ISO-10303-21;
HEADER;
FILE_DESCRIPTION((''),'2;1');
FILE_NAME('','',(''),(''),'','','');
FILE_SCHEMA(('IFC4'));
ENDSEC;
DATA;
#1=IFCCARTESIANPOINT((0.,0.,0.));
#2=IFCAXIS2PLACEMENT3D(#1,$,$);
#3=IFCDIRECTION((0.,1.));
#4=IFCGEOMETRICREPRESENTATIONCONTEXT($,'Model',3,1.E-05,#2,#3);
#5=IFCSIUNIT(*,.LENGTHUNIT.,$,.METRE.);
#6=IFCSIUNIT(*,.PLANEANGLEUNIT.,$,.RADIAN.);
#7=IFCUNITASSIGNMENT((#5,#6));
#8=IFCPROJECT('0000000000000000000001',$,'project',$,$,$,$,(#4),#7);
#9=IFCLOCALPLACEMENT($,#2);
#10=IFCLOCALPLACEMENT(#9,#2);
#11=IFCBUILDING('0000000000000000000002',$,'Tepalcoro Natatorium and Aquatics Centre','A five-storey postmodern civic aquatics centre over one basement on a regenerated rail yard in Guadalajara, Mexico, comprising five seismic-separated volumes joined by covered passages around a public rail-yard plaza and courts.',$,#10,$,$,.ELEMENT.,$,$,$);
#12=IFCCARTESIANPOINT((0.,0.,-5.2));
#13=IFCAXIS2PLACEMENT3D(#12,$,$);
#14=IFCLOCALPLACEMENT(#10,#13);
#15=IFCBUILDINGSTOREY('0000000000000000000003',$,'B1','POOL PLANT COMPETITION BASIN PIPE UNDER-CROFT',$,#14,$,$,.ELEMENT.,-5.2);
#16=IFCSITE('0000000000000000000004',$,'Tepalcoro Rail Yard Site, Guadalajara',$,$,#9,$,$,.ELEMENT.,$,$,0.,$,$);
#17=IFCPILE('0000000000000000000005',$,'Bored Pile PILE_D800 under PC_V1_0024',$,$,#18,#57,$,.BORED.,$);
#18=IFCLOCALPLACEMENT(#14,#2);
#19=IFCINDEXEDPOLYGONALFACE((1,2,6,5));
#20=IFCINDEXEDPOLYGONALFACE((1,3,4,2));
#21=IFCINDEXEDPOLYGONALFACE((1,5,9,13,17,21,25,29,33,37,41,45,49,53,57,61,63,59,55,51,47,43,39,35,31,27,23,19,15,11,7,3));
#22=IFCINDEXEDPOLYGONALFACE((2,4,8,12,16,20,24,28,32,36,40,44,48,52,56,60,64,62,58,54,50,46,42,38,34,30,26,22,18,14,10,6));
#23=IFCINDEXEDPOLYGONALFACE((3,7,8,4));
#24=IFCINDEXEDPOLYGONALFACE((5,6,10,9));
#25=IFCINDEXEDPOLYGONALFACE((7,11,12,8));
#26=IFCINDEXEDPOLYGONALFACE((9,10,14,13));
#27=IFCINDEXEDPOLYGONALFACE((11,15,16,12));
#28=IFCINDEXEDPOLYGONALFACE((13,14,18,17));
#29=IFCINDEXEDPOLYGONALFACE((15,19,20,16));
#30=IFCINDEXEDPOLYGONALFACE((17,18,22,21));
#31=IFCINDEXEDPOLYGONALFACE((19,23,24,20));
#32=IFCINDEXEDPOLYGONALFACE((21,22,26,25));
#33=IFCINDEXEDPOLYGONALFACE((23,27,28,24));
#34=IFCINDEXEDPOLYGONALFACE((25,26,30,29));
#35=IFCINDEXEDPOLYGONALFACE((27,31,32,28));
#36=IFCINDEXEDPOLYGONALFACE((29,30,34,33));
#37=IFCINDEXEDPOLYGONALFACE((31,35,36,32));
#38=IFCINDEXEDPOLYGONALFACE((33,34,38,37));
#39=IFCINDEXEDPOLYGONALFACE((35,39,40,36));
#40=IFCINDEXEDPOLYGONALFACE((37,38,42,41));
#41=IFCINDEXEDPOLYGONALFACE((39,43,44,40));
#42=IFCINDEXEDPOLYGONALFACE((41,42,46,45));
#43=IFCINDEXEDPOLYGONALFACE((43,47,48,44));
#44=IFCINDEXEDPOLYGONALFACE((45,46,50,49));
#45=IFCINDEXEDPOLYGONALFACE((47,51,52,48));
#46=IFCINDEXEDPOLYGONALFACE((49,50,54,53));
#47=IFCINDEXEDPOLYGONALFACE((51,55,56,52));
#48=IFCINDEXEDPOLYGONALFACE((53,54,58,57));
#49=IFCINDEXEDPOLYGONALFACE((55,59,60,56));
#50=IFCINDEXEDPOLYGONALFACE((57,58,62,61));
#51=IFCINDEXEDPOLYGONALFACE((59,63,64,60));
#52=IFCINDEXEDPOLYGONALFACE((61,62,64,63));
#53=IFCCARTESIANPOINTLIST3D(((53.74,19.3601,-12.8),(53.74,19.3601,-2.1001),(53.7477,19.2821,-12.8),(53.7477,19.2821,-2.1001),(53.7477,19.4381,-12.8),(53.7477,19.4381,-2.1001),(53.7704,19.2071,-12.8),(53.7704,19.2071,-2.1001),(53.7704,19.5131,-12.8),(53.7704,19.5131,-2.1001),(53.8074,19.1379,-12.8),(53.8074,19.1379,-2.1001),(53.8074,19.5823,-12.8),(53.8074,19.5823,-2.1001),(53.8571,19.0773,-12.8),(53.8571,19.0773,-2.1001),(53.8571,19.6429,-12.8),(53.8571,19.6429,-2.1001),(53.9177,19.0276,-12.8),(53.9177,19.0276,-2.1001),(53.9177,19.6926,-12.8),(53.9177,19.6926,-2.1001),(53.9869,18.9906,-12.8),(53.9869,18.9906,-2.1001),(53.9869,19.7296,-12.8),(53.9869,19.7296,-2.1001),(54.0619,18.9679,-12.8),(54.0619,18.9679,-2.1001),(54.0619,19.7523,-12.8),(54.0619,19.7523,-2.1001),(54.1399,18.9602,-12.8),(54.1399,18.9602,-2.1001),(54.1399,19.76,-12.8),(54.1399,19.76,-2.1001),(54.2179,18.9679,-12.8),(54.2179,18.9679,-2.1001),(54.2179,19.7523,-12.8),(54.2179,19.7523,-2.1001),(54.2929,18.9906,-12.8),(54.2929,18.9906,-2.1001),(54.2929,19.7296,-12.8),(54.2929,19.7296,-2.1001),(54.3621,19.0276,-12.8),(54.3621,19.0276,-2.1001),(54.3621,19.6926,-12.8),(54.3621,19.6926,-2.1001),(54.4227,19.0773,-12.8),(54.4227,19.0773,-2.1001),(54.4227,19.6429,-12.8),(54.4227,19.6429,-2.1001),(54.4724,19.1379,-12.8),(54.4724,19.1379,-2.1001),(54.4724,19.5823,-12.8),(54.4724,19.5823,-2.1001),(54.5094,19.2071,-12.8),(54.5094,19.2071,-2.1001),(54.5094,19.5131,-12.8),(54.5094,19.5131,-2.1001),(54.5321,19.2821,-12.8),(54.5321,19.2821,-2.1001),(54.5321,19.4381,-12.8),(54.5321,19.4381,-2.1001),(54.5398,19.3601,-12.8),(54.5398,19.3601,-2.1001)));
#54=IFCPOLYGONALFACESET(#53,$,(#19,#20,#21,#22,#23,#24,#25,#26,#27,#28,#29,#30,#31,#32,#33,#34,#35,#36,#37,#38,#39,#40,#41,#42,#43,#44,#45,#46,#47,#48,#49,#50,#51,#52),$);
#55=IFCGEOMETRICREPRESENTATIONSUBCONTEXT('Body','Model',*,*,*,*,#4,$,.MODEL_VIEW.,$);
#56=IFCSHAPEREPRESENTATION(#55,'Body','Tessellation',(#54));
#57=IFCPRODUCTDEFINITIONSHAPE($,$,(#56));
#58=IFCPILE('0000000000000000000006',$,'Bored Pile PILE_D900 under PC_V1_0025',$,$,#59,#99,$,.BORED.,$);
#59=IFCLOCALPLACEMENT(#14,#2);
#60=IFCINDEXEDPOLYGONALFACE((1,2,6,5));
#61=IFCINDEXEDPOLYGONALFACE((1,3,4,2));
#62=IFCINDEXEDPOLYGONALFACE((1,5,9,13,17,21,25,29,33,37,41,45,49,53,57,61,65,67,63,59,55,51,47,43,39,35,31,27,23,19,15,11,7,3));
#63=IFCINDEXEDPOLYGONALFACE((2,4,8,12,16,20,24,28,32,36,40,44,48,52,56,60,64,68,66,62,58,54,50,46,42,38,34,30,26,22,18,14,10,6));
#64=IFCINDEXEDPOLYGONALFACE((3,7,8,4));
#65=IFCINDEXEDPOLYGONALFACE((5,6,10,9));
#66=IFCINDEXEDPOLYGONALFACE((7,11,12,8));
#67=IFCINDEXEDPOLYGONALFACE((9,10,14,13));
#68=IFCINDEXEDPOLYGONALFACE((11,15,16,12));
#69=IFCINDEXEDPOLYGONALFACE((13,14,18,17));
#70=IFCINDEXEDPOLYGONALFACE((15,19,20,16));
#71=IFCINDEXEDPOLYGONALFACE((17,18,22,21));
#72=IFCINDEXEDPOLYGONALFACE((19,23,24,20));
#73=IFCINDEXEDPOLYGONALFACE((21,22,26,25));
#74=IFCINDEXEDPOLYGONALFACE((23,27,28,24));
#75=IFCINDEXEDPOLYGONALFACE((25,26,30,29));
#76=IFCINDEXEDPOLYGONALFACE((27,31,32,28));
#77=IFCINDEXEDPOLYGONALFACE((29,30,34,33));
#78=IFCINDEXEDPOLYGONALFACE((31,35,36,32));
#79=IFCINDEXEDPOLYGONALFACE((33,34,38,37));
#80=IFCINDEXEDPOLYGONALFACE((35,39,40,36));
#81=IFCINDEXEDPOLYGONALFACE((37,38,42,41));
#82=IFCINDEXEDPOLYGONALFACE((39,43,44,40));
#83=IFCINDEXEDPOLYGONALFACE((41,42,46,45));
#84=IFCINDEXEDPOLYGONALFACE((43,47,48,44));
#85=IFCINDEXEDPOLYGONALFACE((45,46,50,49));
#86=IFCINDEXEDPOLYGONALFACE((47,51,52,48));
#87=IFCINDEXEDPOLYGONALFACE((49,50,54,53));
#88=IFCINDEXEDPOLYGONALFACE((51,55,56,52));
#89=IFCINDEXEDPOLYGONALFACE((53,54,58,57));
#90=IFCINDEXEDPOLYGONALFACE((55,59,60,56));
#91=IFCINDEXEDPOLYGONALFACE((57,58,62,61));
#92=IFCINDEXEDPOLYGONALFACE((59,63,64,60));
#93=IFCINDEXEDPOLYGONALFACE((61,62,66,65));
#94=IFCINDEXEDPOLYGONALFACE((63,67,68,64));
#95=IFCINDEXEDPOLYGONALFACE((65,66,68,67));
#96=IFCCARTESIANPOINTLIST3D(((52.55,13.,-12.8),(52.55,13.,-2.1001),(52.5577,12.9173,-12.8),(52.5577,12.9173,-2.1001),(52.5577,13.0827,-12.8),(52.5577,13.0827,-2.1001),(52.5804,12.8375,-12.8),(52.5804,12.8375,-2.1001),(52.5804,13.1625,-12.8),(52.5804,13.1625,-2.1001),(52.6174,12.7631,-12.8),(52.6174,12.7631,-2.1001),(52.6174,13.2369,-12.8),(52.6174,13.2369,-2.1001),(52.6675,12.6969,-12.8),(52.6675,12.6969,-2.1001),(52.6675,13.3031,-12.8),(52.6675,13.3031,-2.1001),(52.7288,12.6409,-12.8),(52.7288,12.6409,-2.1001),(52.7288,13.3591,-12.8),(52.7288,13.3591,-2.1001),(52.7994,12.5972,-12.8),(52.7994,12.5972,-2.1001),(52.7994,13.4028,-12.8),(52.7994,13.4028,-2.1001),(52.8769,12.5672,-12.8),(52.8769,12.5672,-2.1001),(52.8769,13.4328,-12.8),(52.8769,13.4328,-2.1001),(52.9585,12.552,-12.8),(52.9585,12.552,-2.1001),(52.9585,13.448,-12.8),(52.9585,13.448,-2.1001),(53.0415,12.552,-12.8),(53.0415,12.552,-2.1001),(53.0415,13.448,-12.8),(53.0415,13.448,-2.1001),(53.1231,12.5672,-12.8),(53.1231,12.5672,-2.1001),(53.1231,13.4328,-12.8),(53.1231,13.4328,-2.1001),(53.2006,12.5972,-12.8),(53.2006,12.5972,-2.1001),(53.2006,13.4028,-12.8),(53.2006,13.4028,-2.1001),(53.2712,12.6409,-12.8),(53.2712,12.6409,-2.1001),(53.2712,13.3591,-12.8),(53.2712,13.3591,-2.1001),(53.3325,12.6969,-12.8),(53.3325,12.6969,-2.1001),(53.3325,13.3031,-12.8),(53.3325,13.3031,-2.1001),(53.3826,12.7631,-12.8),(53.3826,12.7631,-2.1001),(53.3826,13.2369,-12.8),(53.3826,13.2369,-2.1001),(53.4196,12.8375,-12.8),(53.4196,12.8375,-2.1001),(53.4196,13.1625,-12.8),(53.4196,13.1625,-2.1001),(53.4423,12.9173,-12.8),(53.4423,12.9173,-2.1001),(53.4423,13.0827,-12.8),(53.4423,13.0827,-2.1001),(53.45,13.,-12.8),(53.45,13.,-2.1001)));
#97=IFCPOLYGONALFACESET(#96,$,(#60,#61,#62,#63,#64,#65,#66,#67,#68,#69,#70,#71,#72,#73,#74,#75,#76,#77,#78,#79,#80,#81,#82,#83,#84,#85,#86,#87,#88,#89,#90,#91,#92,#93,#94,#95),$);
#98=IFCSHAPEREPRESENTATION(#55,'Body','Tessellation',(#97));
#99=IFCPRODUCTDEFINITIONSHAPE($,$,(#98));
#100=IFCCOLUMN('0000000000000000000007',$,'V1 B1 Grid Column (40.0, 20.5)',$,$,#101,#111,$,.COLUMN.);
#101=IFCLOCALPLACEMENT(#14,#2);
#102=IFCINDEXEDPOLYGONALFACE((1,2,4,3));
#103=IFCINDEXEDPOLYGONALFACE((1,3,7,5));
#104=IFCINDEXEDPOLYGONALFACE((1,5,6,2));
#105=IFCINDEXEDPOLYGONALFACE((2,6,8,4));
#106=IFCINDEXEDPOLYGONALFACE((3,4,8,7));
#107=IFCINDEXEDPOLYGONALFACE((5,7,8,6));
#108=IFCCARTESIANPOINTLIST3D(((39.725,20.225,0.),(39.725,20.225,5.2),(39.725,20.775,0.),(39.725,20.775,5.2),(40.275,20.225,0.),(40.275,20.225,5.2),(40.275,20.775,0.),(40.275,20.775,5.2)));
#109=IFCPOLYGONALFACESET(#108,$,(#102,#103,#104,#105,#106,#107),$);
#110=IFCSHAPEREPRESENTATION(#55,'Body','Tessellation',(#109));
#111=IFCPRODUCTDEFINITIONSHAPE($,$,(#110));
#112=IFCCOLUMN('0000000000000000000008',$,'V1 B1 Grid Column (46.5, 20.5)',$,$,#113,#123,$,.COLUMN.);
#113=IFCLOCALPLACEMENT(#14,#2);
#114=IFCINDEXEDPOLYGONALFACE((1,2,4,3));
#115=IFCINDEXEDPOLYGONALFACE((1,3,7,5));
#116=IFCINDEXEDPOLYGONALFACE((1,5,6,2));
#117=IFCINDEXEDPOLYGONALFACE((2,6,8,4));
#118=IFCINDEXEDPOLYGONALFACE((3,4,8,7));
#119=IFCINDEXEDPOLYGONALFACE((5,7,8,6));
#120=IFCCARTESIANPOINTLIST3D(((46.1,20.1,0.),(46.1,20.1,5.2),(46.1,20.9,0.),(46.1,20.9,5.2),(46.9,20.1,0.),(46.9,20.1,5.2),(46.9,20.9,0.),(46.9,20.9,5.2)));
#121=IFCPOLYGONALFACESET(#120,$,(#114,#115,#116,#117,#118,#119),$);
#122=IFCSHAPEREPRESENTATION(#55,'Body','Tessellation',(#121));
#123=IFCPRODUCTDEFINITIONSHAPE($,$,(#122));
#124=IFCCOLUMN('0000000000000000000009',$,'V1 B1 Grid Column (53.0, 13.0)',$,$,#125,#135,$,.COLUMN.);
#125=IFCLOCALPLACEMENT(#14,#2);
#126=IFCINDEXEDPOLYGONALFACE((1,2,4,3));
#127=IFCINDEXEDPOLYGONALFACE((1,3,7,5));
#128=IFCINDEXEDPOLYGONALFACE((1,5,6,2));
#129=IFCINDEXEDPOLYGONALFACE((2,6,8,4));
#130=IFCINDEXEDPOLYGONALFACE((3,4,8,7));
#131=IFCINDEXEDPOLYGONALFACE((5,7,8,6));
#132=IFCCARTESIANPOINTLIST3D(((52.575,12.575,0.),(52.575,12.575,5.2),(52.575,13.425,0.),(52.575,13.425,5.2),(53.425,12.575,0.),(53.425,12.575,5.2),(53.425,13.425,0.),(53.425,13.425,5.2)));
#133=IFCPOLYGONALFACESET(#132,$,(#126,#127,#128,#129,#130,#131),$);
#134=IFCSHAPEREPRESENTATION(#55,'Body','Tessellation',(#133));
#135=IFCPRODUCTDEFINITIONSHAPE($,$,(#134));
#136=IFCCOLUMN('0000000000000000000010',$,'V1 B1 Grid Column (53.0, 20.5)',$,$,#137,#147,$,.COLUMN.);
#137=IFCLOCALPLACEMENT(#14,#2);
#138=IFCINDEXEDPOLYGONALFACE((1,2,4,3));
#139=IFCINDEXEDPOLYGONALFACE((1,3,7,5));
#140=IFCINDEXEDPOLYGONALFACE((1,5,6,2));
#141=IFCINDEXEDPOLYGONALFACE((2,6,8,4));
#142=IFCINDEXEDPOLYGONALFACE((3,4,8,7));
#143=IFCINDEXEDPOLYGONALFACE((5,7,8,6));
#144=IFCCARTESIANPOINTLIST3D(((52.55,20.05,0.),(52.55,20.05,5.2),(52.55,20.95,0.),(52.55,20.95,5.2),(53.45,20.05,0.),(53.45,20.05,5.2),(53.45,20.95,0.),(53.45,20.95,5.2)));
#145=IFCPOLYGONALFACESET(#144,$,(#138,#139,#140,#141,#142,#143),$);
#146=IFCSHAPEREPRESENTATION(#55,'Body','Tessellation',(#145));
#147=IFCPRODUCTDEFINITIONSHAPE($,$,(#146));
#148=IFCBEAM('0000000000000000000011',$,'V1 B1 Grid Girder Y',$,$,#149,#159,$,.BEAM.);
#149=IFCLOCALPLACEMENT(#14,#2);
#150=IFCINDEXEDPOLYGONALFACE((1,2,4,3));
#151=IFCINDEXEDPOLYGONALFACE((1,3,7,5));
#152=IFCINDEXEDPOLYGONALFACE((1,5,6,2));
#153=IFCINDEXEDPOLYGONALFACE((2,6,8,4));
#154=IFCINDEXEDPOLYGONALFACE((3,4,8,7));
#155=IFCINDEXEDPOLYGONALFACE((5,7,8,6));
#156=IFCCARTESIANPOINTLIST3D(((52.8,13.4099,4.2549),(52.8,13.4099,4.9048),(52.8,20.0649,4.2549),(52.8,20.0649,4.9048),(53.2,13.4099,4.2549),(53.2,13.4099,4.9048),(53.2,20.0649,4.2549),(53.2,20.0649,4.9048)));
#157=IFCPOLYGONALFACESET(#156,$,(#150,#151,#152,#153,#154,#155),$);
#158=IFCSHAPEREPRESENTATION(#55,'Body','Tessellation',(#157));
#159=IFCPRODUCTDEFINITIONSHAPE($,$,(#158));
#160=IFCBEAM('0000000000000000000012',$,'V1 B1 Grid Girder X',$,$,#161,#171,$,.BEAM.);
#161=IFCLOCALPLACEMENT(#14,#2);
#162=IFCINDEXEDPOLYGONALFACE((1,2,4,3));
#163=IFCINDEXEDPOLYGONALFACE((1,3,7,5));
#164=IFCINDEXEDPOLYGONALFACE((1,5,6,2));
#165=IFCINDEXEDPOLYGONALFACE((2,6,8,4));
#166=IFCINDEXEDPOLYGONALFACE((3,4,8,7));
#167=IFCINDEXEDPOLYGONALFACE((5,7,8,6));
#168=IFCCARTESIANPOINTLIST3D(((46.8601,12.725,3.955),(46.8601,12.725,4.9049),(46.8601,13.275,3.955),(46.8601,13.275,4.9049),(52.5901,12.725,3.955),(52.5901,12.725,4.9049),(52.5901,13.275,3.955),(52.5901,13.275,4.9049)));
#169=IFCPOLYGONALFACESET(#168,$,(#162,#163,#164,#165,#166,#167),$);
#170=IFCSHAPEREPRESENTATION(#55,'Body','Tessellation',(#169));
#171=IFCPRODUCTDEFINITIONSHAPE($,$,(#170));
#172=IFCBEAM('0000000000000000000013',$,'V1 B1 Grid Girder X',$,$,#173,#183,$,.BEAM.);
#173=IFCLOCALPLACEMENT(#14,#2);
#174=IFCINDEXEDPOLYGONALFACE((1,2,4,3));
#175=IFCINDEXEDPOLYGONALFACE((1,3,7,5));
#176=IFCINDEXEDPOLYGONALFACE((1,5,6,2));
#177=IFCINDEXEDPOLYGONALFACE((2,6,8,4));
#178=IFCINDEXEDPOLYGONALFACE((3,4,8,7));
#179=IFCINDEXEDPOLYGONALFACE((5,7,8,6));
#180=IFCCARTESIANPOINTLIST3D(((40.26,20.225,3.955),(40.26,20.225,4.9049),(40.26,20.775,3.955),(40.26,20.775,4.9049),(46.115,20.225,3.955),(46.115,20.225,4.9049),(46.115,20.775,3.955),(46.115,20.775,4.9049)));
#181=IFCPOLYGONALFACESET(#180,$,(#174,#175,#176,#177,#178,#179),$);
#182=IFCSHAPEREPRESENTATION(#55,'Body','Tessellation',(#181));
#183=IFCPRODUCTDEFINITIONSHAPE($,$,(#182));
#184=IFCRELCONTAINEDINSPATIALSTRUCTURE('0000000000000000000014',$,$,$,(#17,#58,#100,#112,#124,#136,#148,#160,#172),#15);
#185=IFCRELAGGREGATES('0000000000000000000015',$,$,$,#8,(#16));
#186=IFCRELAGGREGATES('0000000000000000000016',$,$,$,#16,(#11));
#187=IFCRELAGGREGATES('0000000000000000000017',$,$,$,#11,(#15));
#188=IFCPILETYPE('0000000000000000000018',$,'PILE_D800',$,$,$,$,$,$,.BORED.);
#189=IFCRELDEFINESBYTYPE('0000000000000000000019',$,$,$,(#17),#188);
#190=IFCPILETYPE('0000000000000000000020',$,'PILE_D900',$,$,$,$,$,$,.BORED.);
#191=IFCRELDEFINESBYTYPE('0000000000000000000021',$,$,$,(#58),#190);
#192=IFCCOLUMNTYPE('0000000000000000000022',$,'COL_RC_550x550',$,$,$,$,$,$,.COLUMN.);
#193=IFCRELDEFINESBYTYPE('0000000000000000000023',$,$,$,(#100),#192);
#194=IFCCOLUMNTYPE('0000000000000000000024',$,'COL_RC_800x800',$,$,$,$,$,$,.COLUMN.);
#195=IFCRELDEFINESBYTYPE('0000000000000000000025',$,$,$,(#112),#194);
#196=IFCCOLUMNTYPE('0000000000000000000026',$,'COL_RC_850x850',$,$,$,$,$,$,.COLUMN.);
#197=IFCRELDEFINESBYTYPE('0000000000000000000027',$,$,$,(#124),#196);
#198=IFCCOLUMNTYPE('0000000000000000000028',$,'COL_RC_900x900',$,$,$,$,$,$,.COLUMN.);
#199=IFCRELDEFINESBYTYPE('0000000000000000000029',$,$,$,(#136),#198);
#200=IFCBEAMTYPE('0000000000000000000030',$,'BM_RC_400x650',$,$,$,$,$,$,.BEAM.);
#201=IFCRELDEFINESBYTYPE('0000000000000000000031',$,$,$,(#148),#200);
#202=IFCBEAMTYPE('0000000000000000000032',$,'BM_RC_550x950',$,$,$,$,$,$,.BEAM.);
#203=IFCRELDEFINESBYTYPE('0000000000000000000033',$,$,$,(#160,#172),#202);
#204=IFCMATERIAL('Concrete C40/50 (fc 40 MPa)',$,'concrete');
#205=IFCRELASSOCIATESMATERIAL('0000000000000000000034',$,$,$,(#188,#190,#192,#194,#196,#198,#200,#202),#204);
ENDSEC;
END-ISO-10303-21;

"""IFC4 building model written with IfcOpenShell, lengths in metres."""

from ifc_helpers import new_model, si_unit, direction, frame, origin, origin_2d, place, context, subcontext, project, spatial, rectangle, circle, extrude, material, material_profile, profile_set, type_object, element, save


model = new_model("IFC4")

# Units and contexts
model_context = context("Model", 3, precision=1e-05, world=origin(), true_north=direction((0.0, 1.0)))
body_context = subcontext(model_context, "Body", "Model", "MODEL_VIEW")
ifc_project = project(units=[si_unit("LENGTHUNIT", "METRE"), si_unit("PLANEANGLEUNIT", "RADIAN")], contexts=[model_context])

# Site, building, storey
site_placement = place(None, origin())
site = spatial("IfcSite", under=ifc_project, at=site_placement, Name="Tepalcoro Rail Yard Site, Guadalajara", CompositionType="ELEMENT", RefElevation=0.0)
building_placement = place(site_placement, origin())
building = spatial("IfcBuilding", under=site, at=building_placement, Name="Tepalcoro Natatorium and Aquatics Centre", Description="A five-storey postmodern civic aquatics centre over one basement on a regenerated rail yard in Guadalajara, Mexico, comprising five seismic-separated volumes joined by covered passages around a public rail-yard plaza and courts.", CompositionType="ELEMENT")
storey_placement = place(building_placement, frame((0.0, 0.0, -5.2)))
storey = spatial("IfcBuildingStorey", under=building, at=storey_placement, Name="B1", Description="POOL PLANT COMPETITION BASIN PIPE UNDER-CROFT", CompositionType="ELEMENT", Elevation=-5.2)

# Piles
ifc_material_1 = material(Name="Concrete C40/50 (fc 40 MPa)", Category="concrete")
ifc_material_profile_1 = material_profile(ifc_material_1, circle(Radius=0.3999, at=origin_2d()), Name="PILE_D800")
ifc_profile_set_1 = profile_set([ifc_material_profile_1], Name="Concrete C40/50 (fc 40 MPa)")
pile_type_1 = type_object("IfcPileType", Name="PILE_D800", PredefinedType="BORED", material=ifc_profile_set_1)
for number, where, z_axis, x_axis, name in (
    (1, (54.1399, 19.3601, -2.1001), (0.0, 0.0, -1.0), (1.0, 0.0, 0.0), "Bored Pile PILE_D800 under PC_V1_0024"),
):
    element("IfcPile", number, at=place(storey_placement, frame(where, z_axis=z_axis, x_axis=x_axis)), inside=storey, type_object=pile_type_1, Name=name, PredefinedType="BORED", context=body_context, shape_type="SweptSolid", body=[
        extrude(circle(Radius=0.3999, at=origin_2d()), origin(), (0.0, 0.0, 1.0), 10.7),
    ])
ifc_material_profile_2 = material_profile(ifc_material_1, circle(Radius=0.45, at=origin_2d()), Name="PILE_D900")
ifc_profile_set_2 = profile_set([ifc_material_profile_2], Name="Concrete C40/50 (fc 40 MPa)")
pile_type_2 = type_object("IfcPileType", Name="PILE_D900", PredefinedType="BORED", material=ifc_profile_set_2)
pile_1_placement = place(storey_placement, frame((53.0, 13.0, -2.1001), z_axis=(0.0, 0.0, -1.0), x_axis=(1.0, 0.0, 0.0)))
element("IfcPile", 2, at=pile_1_placement, inside=storey, type_object=pile_type_2, Name="Bored Pile PILE_D900 under PC_V1_0025", PredefinedType="BORED", context=body_context, shape_type="SweptSolid", body=[
    extrude(circle(Radius=0.45, at=origin_2d()), origin(), (0.0, 0.0, 1.0), 10.7),
])

# Columns
ifc_material_profile_3 = material_profile(ifc_material_1, rectangle(XDim=0.55, YDim=0.55, at=origin_2d()), Name="RC550x550")
ifc_profile_set_3 = profile_set([ifc_material_profile_3], Name="Concrete C40/50 (fc 40 MPa)")
column_type_1 = type_object("IfcColumnType", Name="COL_RC_550x550", PredefinedType="COLUMN", material=ifc_profile_set_3)
column_1_placement = place(storey_placement, frame((40.0, 20.5, 0.0), z_axis=(0.0, 0.0, 1.0), x_axis=(1.0, 0.0, 0.0)))
element("IfcColumn", 3, at=column_1_placement, inside=storey, type_object=column_type_1, Name="V1 B1 Grid Column (40.0, 20.5)", PredefinedType="COLUMN", context=body_context, shape_type="SweptSolid", body=[
    extrude(rectangle(XDim=0.55, YDim=0.55, at=origin_2d()), origin(), (0.0, 0.0, 1.0), 5.2),
])
ifc_material_profile_4 = material_profile(ifc_material_1, rectangle(XDim=0.8, YDim=0.8, at=origin_2d()), Name="RC800x800")
ifc_profile_set_4 = profile_set([ifc_material_profile_4], Name="Concrete C40/50 (fc 40 MPa)")
column_type_2 = type_object("IfcColumnType", Name="COL_RC_800x800", PredefinedType="COLUMN", material=ifc_profile_set_4)
column_2_placement = place(storey_placement, frame((46.5, 20.5, 0.0), z_axis=(0.0, 0.0, 1.0), x_axis=(1.0, 0.0, 0.0)))
element("IfcColumn", 4, at=column_2_placement, inside=storey, type_object=column_type_2, Name="V1 B1 Grid Column (46.5, 20.5)", PredefinedType="COLUMN", context=body_context, shape_type="SweptSolid", body=[
    extrude(rectangle(XDim=0.8, YDim=0.8, at=origin_2d()), origin(), (0.0, 0.0, 1.0), 5.2),
])
ifc_material_profile_5 = material_profile(ifc_material_1, rectangle(XDim=0.8501, YDim=0.8501, at=origin_2d()), Name="RC850x850")
ifc_profile_set_5 = profile_set([ifc_material_profile_5], Name="Concrete C40/50 (fc 40 MPa)")
column_type_3 = type_object("IfcColumnType", Name="COL_RC_850x850", PredefinedType="COLUMN", material=ifc_profile_set_5)
column_3_placement = place(storey_placement, frame((53.0, 13.0, 0.0), z_axis=(0.0, 0.0, 1.0), x_axis=(1.0, 0.0, 0.0)))
element("IfcColumn", 5, at=column_3_placement, inside=storey, type_object=column_type_3, Name="V1 B1 Grid Column (53.0, 13.0)", PredefinedType="COLUMN", context=body_context, shape_type="SweptSolid", body=[
    extrude(rectangle(XDim=0.8501, YDim=0.8501, at=origin_2d()), origin(), (0.0, 0.0, 1.0), 5.2),
])
ifc_material_profile_6 = material_profile(ifc_material_1, rectangle(XDim=0.8999, YDim=0.8999, at=origin_2d()), Name="RC900x900")
ifc_profile_set_6 = profile_set([ifc_material_profile_6], Name="Concrete C40/50 (fc 40 MPa)")
column_type_4 = type_object("IfcColumnType", Name="COL_RC_900x900", PredefinedType="COLUMN", material=ifc_profile_set_6)
column_4_placement = place(storey_placement, frame((53.0, 20.5, 0.0), z_axis=(0.0, 0.0, 1.0), x_axis=(1.0, 0.0, 0.0)))
element("IfcColumn", 6, at=column_4_placement, inside=storey, type_object=column_type_4, Name="V1 B1 Grid Column (53.0, 20.5)", PredefinedType="COLUMN", context=body_context, shape_type="SweptSolid", body=[
    extrude(rectangle(XDim=0.8999, YDim=0.8999, at=origin_2d()), origin(), (0.0, 0.0, 1.0), 5.2),
])

# Beams
ifc_material_profile_7 = material_profile(ifc_material_1, rectangle(XDim=0.3999, YDim=0.6499, at=origin_2d()), Name="RCB400x650")
ifc_profile_set_7 = profile_set([ifc_material_profile_7], Name="Concrete C40/50 (fc 40 MPa)")
beam_type_1 = type_object("IfcBeamType", Name="BM_RC_400x650", PredefinedType="BEAM", material=ifc_profile_set_7)
beam_1_placement = place(storey_placement, frame((53.0, 13.4099, 4.5798), z_axis=(0.0, 1.0, 0.0), x_axis=(-1.0, 0.0, 0.0)))
element("IfcBeam", 7, at=beam_1_placement, inside=storey, type_object=beam_type_1, Name="V1 B1 Grid Girder Y", PredefinedType="BEAM", context=body_context, shape_type="SweptSolid", body=[
    extrude(rectangle(XDim=0.3999, YDim=0.6499, at=origin_2d()), origin(), (0.0, 0.0, 1.0), 6.655),
])
ifc_material_profile_8 = material_profile(ifc_material_1, rectangle(XDim=0.55, YDim=0.95, at=origin_2d()), Name="RCB550x950")
ifc_profile_set_8 = profile_set([ifc_material_profile_8], Name="Concrete C40/50 (fc 40 MPa)")
beam_type_2 = type_object("IfcBeamType", Name="BM_RC_550x950", PredefinedType="BEAM", material=ifc_profile_set_8)
beam_2_placement = place(storey_placement, frame((46.8601, 13.0, 4.4299), z_axis=(1.0, 0.0, 0.0), x_axis=(0.0, 1.0, 0.0)))
element("IfcBeam", 8, at=beam_2_placement, inside=storey, type_object=beam_type_2, Name="V1 B1 Grid Girder X", PredefinedType="BEAM", context=body_context, shape_type="SweptSolid", body=[
    extrude(rectangle(XDim=0.55, YDim=0.95, at=origin_2d()), origin(), (0.0, 0.0, 1.0), 5.73),
])
beam_3_placement = place(storey_placement, frame((40.26, 20.5, 4.4299), z_axis=(1.0, 0.0, 0.0), x_axis=(0.0, 1.0, 0.0)))
element("IfcBeam", 9, at=beam_3_placement, inside=storey, type_object=beam_type_2, Name="V1 B1 Grid Girder X", PredefinedType="BEAM", context=body_context, shape_type="SweptSolid", body=[
    extrude(rectangle(XDim=0.55, YDim=0.95, at=origin_2d()), origin(), (0.0, 0.0, 1.0), 5.855),
])

save(model, "model.ifc")
